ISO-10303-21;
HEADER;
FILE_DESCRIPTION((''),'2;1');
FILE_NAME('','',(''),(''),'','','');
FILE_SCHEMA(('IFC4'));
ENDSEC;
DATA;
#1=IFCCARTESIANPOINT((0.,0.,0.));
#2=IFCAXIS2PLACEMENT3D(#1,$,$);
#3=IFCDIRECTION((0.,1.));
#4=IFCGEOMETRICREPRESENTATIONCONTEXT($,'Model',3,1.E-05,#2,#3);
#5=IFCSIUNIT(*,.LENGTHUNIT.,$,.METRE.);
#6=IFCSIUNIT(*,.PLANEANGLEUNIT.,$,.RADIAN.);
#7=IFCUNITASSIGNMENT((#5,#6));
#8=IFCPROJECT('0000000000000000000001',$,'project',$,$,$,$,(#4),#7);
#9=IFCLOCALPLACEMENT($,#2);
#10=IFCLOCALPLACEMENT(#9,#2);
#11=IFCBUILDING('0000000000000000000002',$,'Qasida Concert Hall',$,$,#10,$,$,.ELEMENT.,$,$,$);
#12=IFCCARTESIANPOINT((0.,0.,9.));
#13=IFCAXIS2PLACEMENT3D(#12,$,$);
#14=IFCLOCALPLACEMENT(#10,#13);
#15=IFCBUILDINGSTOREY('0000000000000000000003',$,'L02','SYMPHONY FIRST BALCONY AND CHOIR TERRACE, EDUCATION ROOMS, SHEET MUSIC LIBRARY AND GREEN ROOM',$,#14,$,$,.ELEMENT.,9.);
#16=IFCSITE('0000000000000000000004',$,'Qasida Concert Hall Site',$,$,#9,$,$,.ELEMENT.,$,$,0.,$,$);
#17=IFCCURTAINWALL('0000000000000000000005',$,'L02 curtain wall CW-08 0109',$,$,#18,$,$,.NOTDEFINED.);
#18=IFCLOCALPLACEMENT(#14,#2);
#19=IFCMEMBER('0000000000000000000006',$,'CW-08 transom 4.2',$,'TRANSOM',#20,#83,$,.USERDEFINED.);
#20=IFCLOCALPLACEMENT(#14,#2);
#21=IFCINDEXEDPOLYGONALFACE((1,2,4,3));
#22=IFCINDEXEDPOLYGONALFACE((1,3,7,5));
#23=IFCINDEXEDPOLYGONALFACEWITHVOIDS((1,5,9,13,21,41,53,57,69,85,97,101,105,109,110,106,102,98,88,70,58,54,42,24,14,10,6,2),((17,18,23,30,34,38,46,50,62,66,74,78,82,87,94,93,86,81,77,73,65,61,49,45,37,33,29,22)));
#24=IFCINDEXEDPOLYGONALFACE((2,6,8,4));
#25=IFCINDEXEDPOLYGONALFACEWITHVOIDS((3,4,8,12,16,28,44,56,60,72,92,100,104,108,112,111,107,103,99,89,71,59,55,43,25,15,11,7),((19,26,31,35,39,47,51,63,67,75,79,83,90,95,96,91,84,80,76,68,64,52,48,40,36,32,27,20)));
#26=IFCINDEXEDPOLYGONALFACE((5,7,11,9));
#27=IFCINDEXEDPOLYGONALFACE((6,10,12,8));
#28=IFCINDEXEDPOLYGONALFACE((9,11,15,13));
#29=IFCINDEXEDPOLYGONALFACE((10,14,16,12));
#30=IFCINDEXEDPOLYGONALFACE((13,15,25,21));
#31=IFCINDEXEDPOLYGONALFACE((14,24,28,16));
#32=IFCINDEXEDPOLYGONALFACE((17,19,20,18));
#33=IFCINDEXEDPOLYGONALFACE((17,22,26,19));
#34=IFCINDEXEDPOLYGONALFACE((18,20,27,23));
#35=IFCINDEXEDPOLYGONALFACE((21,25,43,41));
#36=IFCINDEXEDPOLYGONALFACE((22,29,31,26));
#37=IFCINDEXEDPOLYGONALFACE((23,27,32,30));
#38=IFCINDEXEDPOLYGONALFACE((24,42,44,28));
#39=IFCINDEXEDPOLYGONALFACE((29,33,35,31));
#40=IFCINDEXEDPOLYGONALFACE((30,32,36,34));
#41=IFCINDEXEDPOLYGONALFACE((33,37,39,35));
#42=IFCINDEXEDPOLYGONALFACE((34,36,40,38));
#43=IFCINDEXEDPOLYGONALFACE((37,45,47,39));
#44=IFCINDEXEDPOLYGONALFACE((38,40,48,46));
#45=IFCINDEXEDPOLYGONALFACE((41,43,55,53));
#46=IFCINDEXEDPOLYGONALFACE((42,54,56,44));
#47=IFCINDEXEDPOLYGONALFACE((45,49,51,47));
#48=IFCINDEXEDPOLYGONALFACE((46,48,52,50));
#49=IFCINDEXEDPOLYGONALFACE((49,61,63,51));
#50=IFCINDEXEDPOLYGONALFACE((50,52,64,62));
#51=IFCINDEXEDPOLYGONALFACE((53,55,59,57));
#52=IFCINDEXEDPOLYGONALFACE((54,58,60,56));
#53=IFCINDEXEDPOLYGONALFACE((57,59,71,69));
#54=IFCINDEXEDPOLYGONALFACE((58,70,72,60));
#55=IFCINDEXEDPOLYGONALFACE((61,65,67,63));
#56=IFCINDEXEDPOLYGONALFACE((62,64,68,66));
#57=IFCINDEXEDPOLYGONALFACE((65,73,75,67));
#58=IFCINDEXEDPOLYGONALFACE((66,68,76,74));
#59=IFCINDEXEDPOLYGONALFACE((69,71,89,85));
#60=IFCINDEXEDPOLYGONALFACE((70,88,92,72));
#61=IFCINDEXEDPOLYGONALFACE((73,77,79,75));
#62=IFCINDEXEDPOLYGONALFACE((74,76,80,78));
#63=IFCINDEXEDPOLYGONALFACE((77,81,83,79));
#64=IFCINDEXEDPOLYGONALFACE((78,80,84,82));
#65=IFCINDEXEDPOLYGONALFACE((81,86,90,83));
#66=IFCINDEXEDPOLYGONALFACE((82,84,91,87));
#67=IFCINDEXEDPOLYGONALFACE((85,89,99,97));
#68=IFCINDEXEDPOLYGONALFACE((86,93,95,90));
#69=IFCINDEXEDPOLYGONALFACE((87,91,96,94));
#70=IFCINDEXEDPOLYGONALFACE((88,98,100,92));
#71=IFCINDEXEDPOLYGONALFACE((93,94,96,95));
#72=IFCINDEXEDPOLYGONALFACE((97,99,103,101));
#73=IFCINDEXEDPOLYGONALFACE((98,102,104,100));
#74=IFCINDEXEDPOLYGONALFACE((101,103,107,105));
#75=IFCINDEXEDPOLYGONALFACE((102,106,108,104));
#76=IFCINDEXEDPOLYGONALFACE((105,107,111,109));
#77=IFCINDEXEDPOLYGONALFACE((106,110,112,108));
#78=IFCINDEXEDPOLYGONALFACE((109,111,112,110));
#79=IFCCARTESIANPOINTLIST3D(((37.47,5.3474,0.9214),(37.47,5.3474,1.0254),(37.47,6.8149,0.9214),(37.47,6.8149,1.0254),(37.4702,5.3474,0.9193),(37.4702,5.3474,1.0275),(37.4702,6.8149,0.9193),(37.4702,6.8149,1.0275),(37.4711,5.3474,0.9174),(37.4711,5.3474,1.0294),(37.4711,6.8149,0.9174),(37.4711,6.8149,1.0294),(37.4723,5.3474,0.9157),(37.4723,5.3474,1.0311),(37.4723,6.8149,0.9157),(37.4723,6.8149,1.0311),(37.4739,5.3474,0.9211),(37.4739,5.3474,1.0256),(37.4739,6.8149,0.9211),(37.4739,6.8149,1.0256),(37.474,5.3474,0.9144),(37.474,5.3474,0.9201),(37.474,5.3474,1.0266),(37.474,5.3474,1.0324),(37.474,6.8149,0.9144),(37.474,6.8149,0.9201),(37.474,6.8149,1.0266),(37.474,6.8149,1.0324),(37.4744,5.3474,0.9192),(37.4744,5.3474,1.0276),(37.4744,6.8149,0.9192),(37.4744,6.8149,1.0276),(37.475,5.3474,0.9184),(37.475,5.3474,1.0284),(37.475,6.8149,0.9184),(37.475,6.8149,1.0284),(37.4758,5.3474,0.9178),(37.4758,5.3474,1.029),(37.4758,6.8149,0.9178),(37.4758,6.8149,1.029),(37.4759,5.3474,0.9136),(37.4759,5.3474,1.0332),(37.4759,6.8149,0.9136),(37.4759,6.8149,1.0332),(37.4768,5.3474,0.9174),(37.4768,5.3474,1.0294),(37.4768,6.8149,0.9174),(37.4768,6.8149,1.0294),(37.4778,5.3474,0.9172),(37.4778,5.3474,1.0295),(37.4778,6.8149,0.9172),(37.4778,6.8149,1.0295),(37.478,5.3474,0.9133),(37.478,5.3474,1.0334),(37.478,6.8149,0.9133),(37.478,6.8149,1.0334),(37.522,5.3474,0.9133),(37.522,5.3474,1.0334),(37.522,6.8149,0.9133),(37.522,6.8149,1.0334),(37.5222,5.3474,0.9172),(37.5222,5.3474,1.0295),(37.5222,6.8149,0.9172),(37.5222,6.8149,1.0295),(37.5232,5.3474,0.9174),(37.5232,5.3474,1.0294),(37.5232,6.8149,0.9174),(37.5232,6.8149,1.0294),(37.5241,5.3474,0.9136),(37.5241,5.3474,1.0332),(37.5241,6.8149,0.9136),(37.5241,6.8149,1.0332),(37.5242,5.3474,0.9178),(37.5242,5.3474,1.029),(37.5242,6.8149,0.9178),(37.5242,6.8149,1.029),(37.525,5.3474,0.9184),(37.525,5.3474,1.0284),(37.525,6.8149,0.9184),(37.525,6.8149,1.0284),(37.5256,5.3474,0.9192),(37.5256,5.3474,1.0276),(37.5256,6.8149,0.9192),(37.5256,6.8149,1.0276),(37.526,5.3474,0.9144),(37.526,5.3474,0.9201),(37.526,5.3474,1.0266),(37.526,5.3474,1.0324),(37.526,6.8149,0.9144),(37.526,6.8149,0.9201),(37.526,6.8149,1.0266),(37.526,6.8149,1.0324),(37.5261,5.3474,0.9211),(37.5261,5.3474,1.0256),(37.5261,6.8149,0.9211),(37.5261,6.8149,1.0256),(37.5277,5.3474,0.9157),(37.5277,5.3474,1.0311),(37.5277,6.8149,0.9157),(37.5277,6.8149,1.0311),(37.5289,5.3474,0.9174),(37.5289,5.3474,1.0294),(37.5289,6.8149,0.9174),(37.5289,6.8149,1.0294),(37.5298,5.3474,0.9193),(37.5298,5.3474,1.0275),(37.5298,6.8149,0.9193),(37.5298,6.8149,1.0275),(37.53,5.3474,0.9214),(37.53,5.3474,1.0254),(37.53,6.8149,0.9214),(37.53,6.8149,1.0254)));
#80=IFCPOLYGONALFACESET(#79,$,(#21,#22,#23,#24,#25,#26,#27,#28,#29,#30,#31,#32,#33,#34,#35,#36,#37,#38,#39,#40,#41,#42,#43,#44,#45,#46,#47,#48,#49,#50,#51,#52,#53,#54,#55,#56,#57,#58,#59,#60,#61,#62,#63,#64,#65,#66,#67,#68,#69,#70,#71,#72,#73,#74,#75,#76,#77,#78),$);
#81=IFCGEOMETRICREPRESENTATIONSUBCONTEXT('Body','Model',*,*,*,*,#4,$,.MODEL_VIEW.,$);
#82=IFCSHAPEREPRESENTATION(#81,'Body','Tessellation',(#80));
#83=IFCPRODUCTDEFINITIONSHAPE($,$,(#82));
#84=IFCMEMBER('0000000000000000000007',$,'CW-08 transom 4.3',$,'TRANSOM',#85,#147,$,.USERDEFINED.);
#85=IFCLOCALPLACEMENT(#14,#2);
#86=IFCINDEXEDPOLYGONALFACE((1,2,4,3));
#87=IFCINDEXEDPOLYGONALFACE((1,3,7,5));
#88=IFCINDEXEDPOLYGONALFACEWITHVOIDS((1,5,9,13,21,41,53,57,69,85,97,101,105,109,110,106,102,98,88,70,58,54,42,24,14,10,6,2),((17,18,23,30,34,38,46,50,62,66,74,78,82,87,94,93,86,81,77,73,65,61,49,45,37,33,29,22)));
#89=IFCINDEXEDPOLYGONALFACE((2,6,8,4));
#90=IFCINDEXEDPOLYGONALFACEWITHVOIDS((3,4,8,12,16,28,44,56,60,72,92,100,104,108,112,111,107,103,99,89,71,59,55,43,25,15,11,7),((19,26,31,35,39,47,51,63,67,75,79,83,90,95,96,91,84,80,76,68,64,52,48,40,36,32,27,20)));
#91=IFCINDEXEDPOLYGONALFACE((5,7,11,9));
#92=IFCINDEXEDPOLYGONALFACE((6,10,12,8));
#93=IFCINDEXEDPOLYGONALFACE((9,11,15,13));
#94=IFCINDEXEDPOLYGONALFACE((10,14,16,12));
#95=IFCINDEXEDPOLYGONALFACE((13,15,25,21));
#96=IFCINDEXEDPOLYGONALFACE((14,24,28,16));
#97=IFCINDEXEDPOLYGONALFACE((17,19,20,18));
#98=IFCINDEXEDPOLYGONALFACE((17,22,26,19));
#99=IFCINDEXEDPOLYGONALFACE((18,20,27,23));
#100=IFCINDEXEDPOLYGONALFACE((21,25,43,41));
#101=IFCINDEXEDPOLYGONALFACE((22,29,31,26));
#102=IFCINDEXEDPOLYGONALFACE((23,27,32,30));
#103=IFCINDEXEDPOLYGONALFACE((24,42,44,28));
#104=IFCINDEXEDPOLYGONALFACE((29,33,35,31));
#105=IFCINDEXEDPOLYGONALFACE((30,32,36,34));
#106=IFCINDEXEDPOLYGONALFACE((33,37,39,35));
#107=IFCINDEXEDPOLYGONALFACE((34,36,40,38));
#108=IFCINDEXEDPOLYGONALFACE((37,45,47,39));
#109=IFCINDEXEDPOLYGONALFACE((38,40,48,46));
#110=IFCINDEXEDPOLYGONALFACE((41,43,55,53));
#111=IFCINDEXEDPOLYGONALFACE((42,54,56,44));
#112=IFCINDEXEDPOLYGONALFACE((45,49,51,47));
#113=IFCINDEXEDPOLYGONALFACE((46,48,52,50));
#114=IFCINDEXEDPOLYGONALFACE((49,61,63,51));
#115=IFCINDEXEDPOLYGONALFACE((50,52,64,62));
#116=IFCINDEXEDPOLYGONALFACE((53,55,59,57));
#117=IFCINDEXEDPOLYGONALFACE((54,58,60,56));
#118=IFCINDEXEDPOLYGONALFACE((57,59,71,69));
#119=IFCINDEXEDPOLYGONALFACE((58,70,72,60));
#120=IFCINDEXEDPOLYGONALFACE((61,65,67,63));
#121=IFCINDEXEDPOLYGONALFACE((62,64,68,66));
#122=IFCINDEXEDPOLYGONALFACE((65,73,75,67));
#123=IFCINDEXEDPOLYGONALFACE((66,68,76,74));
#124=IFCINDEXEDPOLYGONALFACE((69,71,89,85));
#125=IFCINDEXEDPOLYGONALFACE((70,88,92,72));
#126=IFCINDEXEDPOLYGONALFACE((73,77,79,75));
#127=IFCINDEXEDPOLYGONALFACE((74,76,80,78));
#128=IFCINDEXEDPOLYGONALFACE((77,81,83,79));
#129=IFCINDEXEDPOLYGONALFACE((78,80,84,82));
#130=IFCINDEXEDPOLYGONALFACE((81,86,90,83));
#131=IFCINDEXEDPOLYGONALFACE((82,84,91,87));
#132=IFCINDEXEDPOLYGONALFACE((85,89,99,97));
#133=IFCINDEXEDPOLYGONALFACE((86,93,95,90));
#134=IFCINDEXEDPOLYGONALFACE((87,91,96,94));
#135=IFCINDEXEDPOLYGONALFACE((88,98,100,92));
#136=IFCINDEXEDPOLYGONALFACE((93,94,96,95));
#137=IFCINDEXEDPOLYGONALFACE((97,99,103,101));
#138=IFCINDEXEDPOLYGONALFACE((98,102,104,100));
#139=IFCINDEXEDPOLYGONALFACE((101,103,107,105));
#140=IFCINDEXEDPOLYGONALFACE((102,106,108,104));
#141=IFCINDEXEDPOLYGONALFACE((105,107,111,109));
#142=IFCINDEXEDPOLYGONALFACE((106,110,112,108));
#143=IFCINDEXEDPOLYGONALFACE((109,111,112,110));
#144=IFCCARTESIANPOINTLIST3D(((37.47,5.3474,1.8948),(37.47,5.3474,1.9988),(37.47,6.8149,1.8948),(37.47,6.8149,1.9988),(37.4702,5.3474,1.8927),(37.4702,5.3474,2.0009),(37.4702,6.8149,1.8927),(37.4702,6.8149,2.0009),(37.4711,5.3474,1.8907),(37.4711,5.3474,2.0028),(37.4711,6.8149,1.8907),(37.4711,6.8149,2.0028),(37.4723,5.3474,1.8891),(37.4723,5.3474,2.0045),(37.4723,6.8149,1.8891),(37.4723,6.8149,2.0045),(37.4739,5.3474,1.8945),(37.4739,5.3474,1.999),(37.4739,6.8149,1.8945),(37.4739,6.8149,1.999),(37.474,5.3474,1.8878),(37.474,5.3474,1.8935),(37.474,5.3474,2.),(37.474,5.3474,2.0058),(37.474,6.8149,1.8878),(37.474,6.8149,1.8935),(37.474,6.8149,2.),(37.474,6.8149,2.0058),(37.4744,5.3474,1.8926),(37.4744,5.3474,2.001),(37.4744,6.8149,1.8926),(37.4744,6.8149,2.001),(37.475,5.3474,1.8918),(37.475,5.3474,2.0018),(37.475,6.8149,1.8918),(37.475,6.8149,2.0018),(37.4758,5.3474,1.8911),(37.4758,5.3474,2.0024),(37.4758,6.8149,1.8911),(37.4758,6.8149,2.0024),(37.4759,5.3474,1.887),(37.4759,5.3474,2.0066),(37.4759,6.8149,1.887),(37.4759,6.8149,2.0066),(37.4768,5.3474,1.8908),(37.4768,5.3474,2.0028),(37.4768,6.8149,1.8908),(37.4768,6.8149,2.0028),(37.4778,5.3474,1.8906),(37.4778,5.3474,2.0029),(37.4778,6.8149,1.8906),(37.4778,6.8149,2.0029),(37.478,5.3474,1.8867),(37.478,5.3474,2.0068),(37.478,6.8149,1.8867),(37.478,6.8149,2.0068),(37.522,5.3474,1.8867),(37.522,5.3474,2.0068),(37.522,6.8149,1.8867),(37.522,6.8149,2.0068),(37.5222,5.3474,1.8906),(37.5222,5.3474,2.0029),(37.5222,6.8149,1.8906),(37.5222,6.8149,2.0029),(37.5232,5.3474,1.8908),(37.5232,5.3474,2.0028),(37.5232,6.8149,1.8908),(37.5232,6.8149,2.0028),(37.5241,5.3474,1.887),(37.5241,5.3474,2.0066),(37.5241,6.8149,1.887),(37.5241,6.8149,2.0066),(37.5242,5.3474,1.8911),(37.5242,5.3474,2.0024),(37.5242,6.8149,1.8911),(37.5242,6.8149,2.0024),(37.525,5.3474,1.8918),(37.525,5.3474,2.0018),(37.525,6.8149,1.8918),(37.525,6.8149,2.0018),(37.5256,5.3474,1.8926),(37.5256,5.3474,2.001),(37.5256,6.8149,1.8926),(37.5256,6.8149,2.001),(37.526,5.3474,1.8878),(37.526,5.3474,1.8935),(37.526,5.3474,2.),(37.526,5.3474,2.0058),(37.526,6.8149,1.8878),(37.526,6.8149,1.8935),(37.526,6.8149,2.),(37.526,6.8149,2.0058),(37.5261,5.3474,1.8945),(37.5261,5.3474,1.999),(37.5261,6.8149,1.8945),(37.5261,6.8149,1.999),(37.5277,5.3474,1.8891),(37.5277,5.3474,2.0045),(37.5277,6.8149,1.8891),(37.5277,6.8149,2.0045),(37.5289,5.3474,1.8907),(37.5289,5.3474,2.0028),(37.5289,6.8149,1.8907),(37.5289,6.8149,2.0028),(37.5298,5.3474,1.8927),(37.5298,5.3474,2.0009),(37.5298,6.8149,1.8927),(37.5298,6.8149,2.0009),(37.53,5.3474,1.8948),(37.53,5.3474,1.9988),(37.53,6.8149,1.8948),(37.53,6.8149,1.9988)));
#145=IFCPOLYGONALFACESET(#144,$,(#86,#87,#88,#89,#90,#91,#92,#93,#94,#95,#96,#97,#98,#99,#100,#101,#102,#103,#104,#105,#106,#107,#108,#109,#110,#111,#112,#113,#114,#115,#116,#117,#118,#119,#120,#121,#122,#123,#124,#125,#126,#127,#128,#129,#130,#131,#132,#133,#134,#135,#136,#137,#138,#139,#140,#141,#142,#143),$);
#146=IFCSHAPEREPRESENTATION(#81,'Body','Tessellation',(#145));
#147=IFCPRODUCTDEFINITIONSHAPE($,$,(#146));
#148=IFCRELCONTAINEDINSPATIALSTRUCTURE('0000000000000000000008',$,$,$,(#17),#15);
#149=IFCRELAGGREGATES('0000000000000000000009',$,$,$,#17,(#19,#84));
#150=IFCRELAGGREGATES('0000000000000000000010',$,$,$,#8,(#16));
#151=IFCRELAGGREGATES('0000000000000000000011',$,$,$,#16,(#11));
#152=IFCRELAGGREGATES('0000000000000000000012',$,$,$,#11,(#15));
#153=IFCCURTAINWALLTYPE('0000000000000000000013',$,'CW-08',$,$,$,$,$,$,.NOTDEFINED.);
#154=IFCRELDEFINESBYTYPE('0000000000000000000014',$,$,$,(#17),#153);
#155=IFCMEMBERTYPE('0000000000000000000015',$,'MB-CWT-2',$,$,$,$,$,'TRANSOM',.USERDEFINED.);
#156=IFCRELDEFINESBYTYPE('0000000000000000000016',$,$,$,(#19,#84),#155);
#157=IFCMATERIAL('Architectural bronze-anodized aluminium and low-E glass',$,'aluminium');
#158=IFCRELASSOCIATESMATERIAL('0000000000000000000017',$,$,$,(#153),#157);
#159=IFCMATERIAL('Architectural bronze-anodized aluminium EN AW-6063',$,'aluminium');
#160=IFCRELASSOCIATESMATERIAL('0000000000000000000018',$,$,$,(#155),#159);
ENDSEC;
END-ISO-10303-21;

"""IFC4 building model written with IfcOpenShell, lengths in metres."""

from ifc_helpers import new_model, si_unit, direction, frame, origin, origin_2d, place, context, subcontext, project, spatial, hollow_rectangle, extrude, material, material_profile, profile_set, type_object, element, aggregate, save


model = new_model("IFC4")

# Units and contexts
model_context = context("Model", 3, precision=1e-05, world=origin(), true_north=direction((0.0, 1.0)))
body_context = subcontext(model_context, "Body", "Model", "MODEL_VIEW")
ifc_project = project(units=[si_unit("LENGTHUNIT", "METRE"), si_unit("PLANEANGLEUNIT", "RADIAN")], contexts=[model_context])

# Site, building, storey
site_placement = place(None, origin())
site = spatial("IfcSite", under=ifc_project, at=site_placement, Name="Qasida Concert Hall Site", CompositionType="ELEMENT", RefElevation=0.0)
building_placement = place(site_placement, origin())
building = spatial("IfcBuilding", under=site, at=building_placement, Name="Qasida Concert Hall", CompositionType="ELEMENT")
storey_placement = place(building_placement, frame((0.0, 0.0, 9.0)))
storey = spatial("IfcBuildingStorey", under=building, at=storey_placement, Name="L02", Description="SYMPHONY FIRST BALCONY AND CHOIR TERRACE, EDUCATION ROOMS, SHEET MUSIC LIBRARY AND GREEN ROOM", CompositionType="ELEMENT", Elevation=9.0)

# Curtain wall, members
ifc_material_1 = material(Name="Architectural bronze-anodized aluminium and low-E glass", Category="aluminium")
curtain_wall_type = type_object("IfcCurtainWallType", Name="CW-08", PredefinedType="NOTDEFINED", material=ifc_material_1)
curtain_wall_placement = place(storey_placement, origin())
curtain_wall = element("IfcCurtainWall", 1, at=curtain_wall_placement, inside=storey, type_object=curtain_wall_type, Name="L02 curtain wall CW-08 0109", PredefinedType="NOTDEFINED")
ifc_material_2 = material(Name="Architectural bronze-anodized aluminium EN AW-6063", Category="aluminium")
ifc_material_profile_1 = material_profile(ifc_material_2, hollow_rectangle(XDim=0.0601, YDim=0.1201, WallThickness=0.0039, InnerFilletRadius=0.0039, OuterFilletRadius=0.0081, at=origin_2d()), Name="CWT 120x60x4")
ifc_profile_set_1 = profile_set([ifc_material_profile_1], Name="Architectural bronze-anodized aluminium EN AW-6063")
member_type_1 = type_object("IfcMemberType", Name="MB-CWT-2", ElementType="TRANSOM", PredefinedType="USERDEFINED", material=ifc_profile_set_1)
member_1_placement = place(storey_placement, frame((37.5, 5.3474, 0.9734), z_axis=(0.0, 1.0, 0.0), x_axis=(-1.0, 0.0, 0.0)))
member_1 = element("IfcMember", 2, at=member_1_placement, type_object=member_type_1, Name="CW-08 transom 4.2", ObjectType="TRANSOM", PredefinedType="USERDEFINED", context=body_context, shape_type="SweptSolid", body=[
    extrude(hollow_rectangle(XDim=0.0601, YDim=0.1201, WallThickness=0.0039, InnerFilletRadius=0.0039, OuterFilletRadius=0.0081, at=origin_2d()), origin(), (0.0, 0.0, 1.0), 1.4675),
])
member_2_placement = place(storey_placement, frame((37.5, 5.3474, 1.9468), z_axis=(0.0, 1.0, 0.0), x_axis=(-1.0, 0.0, 0.0)))
member_2 = element("IfcMember", 3, at=member_2_placement, type_object=member_type_1, Name="CW-08 transom 4.3", ObjectType="TRANSOM", PredefinedType="USERDEFINED", context=body_context, shape_type="SweptSolid", body=[
    extrude(hollow_rectangle(XDim=0.0601, YDim=0.1201, WallThickness=0.0039, InnerFilletRadius=0.0039, OuterFilletRadius=0.0081, at=origin_2d()), origin(), (0.0, 0.0, 1.0), 1.4675),
])
aggregate(curtain_wall, [member_1, member_2])

save(model, "model.ifc")
